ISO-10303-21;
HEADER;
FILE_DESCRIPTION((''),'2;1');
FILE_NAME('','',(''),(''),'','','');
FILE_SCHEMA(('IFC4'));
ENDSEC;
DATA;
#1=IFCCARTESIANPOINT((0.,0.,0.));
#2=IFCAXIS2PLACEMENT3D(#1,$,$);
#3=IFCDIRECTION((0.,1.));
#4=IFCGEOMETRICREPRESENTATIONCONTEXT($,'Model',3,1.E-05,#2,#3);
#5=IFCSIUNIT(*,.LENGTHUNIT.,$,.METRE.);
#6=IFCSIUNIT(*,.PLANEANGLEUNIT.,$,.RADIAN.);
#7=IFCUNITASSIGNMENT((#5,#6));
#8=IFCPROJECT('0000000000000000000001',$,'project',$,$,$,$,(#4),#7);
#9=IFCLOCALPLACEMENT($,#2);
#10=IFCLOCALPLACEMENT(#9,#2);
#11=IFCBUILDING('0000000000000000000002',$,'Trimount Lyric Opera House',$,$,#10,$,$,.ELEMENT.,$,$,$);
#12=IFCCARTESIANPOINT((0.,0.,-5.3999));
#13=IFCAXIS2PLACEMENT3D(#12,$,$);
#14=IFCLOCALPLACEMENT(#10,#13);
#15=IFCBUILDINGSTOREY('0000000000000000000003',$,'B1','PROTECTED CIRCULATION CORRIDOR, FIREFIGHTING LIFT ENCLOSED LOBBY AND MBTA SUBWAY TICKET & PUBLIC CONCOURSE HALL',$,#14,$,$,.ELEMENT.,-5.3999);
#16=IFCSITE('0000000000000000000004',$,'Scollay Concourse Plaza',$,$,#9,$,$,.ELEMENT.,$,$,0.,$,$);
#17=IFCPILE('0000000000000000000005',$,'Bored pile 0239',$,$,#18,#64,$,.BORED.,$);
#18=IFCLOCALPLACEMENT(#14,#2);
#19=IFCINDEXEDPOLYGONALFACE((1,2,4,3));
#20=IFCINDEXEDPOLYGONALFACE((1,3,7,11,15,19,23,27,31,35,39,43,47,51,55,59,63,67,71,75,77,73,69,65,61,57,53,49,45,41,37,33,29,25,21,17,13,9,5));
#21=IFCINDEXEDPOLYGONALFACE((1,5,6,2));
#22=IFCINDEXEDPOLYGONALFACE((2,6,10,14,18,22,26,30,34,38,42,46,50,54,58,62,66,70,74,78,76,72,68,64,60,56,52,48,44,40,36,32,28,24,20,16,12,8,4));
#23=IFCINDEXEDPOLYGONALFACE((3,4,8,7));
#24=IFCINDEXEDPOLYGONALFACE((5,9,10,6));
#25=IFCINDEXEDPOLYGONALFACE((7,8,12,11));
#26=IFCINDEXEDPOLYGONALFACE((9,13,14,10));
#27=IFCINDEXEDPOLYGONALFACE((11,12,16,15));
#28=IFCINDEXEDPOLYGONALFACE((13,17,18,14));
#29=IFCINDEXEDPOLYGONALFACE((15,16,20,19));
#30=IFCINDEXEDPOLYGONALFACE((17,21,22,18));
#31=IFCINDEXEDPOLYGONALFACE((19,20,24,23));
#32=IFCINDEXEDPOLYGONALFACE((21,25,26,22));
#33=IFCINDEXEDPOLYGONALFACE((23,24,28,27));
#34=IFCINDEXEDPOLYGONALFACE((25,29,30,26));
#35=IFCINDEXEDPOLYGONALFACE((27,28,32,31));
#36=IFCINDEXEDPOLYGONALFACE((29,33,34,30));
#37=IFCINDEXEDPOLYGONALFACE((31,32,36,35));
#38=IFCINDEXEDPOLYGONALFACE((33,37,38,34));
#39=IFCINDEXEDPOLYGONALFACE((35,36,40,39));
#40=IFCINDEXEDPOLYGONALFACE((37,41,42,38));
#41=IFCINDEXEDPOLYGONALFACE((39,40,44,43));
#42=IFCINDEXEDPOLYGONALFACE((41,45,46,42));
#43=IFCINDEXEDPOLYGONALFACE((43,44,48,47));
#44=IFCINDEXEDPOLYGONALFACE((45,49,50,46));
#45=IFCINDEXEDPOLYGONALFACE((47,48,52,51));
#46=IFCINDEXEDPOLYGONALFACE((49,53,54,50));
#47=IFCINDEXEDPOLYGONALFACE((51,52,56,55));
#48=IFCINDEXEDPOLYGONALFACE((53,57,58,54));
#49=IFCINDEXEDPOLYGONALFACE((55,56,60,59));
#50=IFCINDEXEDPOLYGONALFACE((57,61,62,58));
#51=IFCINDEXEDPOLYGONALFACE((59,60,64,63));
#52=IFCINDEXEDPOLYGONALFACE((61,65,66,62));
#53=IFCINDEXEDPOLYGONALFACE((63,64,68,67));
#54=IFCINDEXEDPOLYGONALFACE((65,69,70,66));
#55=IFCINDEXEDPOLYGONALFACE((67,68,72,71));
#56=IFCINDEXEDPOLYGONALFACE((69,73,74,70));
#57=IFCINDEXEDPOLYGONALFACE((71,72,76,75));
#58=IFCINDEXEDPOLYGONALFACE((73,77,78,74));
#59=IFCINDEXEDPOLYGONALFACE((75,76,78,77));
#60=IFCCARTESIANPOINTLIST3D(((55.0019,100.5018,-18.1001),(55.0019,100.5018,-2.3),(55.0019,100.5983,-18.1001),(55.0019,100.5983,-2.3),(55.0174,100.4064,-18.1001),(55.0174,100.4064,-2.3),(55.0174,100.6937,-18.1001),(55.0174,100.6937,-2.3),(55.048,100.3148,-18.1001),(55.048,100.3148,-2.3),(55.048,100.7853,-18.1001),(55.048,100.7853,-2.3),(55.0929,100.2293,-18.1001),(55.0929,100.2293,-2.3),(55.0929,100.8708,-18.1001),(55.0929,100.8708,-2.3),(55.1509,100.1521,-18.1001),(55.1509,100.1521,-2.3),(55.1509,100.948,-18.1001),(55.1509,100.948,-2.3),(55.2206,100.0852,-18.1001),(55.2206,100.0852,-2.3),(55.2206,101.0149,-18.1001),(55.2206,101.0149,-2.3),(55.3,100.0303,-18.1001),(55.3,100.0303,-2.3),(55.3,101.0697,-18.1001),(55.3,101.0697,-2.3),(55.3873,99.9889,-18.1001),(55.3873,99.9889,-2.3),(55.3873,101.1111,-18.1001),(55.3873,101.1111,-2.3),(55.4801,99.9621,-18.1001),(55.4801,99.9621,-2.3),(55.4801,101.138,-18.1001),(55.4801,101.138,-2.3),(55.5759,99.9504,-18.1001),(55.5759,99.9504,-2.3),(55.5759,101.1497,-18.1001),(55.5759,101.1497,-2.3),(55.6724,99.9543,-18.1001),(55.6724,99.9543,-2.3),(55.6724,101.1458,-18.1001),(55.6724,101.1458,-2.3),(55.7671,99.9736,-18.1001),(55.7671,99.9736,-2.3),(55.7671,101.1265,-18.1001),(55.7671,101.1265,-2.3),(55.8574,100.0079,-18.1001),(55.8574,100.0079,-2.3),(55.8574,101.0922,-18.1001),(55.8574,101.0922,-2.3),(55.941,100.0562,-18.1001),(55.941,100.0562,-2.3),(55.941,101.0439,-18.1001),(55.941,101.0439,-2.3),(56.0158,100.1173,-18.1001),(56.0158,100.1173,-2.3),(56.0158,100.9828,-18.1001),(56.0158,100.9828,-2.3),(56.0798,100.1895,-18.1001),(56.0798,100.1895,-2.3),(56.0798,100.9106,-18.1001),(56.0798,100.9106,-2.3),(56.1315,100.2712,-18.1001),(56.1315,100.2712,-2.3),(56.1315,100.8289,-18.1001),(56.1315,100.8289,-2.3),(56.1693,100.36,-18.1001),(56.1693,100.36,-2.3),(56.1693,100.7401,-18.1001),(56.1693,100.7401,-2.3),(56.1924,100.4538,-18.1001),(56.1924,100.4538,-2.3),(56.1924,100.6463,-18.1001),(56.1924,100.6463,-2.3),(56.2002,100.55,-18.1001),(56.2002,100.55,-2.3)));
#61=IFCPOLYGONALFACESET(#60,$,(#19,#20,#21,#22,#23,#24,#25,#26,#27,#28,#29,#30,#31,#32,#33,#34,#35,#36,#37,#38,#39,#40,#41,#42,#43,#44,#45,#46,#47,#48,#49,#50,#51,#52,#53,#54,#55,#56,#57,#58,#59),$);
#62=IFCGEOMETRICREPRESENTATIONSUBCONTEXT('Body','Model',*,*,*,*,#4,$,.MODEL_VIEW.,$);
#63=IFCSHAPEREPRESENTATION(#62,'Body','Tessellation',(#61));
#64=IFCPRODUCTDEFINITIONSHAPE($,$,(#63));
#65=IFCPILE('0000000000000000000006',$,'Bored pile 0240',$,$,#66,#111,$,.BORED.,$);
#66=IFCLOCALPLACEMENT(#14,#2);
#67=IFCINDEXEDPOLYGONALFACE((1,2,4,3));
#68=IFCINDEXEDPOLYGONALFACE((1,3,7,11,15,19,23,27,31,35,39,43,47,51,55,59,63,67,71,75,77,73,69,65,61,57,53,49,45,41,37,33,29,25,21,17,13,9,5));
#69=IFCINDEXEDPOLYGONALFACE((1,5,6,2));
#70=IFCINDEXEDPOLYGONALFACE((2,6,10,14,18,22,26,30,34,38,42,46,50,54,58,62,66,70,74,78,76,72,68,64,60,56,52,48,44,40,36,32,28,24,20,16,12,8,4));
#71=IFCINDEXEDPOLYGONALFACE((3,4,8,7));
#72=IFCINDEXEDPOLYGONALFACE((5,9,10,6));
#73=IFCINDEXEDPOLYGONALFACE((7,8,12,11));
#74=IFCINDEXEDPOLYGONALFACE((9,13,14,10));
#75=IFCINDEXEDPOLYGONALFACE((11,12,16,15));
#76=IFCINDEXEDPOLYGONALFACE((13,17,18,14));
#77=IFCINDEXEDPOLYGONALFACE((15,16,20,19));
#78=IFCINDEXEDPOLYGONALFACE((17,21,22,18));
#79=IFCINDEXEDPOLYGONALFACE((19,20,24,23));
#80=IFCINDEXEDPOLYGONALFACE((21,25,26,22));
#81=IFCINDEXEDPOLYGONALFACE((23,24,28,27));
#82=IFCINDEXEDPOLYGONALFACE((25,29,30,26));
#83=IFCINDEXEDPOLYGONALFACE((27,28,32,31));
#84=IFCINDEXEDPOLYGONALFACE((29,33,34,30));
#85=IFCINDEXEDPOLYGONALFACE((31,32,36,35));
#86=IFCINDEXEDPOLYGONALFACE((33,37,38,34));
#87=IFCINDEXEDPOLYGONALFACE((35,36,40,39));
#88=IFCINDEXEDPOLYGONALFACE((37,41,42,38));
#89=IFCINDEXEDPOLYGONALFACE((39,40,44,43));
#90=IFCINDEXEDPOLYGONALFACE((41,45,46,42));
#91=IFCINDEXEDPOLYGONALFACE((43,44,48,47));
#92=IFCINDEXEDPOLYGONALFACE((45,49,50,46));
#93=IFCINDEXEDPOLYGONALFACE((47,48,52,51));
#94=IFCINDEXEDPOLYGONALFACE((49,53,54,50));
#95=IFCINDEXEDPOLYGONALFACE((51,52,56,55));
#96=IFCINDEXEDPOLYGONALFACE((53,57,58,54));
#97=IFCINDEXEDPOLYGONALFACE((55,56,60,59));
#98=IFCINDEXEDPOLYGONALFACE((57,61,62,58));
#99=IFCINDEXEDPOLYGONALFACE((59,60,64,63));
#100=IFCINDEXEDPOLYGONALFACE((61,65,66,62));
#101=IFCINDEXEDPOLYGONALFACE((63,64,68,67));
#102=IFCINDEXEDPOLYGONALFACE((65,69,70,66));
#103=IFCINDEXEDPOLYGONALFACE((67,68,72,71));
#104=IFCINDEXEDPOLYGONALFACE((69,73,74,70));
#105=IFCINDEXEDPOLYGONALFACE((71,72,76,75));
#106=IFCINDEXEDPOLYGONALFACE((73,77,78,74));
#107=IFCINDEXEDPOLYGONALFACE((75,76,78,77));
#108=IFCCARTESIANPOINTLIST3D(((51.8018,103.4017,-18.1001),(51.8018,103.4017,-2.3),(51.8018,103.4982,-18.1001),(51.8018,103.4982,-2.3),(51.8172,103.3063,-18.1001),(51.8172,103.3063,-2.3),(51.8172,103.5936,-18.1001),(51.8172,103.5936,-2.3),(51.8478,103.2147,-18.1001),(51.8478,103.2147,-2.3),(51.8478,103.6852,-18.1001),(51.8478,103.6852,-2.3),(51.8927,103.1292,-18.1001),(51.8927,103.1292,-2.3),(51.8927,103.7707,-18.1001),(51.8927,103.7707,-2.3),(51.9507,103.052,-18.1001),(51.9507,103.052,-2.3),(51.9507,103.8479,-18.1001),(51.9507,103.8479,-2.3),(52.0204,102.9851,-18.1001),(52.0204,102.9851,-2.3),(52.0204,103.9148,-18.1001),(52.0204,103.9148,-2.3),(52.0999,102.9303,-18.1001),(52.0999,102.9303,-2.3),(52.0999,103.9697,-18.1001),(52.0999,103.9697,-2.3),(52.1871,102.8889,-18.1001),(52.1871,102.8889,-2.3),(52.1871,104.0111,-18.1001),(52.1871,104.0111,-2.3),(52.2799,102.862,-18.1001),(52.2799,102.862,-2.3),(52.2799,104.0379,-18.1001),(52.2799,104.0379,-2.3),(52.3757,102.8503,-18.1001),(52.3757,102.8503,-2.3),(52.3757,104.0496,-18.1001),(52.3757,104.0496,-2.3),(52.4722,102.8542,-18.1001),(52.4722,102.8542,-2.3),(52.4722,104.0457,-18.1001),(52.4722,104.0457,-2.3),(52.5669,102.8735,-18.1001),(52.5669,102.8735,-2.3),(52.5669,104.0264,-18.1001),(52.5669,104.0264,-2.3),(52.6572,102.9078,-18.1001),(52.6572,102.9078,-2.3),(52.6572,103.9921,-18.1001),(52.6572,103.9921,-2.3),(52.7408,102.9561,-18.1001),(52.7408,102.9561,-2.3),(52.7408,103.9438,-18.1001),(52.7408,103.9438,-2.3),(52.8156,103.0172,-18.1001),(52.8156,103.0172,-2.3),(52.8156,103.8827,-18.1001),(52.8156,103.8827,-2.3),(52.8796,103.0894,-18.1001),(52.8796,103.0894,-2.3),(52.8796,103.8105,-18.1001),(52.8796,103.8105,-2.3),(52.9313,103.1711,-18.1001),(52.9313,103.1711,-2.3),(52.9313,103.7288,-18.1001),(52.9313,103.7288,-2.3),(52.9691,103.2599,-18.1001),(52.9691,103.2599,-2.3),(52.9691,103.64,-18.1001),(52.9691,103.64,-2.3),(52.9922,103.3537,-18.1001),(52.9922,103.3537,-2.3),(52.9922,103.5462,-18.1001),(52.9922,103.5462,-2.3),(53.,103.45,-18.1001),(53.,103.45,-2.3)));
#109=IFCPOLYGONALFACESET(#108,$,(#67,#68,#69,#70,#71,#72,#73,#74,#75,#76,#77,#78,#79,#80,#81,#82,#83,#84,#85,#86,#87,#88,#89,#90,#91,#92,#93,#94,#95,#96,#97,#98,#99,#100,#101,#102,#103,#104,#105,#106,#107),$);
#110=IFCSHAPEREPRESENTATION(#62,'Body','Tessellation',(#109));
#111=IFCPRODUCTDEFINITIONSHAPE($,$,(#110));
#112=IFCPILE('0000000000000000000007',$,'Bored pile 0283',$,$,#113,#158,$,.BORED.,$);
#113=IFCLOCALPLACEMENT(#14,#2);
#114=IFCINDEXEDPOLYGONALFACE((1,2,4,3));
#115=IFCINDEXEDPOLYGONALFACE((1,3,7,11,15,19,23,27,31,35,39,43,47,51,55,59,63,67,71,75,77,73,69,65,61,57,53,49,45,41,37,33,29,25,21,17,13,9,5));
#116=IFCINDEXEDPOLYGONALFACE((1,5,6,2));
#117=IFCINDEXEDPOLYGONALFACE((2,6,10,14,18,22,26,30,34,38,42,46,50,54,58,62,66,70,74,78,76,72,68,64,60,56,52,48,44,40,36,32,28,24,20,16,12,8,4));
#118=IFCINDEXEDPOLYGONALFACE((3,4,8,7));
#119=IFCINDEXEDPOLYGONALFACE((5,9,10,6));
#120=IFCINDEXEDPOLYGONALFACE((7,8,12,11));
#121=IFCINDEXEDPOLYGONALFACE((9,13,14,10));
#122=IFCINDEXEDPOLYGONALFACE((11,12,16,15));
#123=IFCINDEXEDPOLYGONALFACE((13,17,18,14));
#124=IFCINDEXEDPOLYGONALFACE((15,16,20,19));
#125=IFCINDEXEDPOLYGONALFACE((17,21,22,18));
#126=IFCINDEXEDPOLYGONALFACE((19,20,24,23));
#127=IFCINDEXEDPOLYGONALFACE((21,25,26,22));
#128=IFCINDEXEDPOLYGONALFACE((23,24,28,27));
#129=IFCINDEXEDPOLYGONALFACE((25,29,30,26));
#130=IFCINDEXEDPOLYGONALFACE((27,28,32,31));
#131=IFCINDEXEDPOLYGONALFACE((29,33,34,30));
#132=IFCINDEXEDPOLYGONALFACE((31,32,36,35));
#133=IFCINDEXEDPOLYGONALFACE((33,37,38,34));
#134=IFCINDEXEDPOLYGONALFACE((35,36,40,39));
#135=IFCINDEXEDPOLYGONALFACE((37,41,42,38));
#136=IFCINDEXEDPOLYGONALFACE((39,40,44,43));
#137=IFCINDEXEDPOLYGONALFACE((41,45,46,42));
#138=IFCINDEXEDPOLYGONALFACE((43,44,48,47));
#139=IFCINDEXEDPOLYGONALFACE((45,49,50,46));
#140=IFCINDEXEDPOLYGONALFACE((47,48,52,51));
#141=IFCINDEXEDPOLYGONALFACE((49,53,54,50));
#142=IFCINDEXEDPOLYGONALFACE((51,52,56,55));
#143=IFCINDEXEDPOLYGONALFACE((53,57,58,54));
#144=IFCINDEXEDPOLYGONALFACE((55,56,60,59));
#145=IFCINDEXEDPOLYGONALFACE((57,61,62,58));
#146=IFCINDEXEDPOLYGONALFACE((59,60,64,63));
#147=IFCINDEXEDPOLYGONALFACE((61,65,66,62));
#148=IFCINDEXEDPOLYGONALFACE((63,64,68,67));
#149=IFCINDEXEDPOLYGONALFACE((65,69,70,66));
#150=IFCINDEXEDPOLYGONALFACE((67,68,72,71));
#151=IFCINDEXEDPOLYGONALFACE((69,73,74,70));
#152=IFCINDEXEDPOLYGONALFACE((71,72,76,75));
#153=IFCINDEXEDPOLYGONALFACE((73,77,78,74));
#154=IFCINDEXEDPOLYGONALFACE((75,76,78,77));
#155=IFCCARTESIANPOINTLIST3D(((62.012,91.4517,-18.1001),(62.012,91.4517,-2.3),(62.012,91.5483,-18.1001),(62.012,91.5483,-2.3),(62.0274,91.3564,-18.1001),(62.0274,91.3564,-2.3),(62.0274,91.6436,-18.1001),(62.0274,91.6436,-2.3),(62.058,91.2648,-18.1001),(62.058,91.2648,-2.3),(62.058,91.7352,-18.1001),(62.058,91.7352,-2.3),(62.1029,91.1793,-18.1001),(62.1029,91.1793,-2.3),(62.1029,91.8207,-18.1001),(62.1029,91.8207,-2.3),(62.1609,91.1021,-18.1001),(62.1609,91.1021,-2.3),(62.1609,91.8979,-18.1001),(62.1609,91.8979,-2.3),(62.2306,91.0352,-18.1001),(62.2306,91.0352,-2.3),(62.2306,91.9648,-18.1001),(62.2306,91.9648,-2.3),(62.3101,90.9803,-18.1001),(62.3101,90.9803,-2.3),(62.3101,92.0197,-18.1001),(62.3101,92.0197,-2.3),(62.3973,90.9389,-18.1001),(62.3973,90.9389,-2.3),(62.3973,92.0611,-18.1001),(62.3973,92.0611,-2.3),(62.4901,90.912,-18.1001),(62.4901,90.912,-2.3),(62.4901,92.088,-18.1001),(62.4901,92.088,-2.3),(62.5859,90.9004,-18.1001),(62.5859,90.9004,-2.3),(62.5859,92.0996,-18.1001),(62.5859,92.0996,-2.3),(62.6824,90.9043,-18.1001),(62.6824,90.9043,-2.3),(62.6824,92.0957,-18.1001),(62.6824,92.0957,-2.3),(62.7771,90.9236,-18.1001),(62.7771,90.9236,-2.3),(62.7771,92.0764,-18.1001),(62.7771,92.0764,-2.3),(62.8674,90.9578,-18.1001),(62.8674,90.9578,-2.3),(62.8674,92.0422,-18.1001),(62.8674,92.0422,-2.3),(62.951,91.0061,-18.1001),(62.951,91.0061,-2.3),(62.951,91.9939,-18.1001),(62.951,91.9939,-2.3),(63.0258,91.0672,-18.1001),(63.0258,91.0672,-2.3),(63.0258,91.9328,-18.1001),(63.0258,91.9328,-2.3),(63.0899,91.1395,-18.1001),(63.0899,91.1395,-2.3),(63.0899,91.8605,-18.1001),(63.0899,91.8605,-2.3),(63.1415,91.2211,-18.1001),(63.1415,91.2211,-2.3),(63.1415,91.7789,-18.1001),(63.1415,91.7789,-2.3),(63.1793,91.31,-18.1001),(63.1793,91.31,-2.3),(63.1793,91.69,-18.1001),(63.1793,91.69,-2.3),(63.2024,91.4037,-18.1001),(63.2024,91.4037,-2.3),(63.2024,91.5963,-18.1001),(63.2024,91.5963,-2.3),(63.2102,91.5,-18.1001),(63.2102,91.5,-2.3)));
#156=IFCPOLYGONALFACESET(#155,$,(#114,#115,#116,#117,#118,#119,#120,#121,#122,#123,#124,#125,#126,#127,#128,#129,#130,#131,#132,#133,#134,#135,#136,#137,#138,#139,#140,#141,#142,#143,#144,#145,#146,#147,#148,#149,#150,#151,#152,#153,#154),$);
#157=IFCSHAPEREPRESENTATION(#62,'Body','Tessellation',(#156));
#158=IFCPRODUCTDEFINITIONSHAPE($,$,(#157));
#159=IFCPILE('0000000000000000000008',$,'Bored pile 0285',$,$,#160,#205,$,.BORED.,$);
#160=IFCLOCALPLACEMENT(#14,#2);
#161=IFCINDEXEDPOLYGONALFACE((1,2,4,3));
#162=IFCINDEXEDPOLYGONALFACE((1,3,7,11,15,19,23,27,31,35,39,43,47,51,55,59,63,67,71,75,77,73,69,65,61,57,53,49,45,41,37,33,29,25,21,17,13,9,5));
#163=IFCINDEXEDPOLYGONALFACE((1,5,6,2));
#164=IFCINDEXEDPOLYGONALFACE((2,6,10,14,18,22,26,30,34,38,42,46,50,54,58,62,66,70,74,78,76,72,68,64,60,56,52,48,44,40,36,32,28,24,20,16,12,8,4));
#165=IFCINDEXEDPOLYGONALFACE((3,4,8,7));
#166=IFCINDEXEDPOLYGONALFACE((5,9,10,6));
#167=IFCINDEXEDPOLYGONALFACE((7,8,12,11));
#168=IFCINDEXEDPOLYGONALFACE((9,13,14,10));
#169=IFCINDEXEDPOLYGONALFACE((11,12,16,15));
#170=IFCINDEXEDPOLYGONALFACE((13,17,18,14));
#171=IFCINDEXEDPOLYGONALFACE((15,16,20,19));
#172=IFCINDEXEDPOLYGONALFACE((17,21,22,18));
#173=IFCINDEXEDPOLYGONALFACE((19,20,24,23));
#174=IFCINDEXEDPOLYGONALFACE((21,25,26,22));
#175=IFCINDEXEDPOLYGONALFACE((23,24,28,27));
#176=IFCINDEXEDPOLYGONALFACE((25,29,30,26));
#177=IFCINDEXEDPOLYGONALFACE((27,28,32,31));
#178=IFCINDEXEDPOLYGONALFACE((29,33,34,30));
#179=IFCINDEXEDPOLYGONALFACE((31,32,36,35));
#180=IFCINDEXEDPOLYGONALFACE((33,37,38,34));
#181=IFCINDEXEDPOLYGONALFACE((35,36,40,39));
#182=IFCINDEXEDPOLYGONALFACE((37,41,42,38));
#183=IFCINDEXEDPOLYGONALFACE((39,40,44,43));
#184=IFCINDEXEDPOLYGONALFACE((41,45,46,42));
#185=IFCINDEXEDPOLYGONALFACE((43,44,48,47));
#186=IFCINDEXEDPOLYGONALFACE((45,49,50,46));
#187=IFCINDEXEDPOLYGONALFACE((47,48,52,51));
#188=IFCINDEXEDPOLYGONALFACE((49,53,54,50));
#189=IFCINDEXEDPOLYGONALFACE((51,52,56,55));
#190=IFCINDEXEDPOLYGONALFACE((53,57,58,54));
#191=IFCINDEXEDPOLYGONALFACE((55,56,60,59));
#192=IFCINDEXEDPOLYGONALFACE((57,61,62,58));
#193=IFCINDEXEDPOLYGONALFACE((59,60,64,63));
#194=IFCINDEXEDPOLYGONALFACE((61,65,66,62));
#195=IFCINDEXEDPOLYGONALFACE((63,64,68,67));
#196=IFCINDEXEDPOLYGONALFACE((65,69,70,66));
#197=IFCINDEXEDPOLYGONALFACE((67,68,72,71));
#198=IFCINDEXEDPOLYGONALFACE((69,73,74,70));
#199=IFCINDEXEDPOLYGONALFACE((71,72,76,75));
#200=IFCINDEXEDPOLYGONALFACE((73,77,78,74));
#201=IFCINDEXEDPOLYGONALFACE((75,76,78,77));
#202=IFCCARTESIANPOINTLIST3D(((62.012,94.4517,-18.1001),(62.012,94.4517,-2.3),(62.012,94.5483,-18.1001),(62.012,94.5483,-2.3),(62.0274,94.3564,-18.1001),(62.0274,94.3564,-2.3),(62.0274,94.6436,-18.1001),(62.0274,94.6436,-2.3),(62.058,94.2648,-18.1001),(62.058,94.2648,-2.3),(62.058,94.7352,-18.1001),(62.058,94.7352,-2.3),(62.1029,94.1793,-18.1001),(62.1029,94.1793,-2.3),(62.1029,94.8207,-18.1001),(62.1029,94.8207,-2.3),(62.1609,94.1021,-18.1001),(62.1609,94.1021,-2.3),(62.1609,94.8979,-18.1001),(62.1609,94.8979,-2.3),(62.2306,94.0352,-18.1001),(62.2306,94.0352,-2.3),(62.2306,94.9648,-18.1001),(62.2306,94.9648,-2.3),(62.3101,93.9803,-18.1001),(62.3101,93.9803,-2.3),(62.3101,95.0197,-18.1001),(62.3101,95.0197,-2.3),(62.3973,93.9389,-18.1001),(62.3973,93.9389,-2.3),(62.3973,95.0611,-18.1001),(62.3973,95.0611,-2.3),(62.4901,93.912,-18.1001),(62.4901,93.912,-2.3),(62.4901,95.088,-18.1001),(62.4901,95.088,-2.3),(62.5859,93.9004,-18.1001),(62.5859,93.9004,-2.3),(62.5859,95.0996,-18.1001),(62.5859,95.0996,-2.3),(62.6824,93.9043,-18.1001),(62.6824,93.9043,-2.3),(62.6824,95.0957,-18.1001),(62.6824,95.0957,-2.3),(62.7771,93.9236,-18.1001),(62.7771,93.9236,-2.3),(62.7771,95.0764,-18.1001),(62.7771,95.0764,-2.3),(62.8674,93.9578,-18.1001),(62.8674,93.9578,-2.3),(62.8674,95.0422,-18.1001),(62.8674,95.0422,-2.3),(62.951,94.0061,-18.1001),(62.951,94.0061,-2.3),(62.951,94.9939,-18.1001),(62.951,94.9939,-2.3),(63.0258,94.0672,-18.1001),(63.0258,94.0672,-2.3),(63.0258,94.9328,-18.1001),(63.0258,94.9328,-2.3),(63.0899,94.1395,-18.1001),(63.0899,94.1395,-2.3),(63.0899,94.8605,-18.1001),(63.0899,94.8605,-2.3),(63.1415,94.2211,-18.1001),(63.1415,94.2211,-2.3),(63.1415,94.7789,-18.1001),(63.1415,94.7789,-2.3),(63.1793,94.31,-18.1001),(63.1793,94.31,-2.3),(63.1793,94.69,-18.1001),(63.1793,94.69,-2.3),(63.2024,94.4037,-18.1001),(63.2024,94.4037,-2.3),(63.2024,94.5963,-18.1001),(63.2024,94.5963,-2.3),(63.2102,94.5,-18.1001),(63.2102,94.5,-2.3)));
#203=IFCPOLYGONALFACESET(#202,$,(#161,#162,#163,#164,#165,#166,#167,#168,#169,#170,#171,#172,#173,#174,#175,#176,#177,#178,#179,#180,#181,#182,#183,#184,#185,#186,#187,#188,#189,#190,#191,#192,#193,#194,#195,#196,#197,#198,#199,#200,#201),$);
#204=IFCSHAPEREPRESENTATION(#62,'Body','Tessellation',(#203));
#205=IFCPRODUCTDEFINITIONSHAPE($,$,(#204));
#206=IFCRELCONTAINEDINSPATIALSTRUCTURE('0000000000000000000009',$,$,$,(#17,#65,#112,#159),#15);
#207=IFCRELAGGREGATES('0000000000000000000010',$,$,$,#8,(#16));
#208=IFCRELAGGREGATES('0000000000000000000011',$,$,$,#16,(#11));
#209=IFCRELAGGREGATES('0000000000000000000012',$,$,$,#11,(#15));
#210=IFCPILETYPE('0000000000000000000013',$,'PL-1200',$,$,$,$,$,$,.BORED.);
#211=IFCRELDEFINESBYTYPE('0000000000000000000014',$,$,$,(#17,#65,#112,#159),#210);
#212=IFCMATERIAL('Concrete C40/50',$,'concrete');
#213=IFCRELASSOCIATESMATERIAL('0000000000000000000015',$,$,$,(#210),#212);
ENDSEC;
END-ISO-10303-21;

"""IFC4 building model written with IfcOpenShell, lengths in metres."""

from ifc_helpers import new_model, si_unit, direction, frame, origin, origin_2d, place, context, subcontext, project, spatial, circle, extrude, material, material_profile, profile_set, type_object, element, save


model = new_model("IFC4")

# Units and contexts
model_context = context("Model", 3, precision=1e-05, world=origin(), true_north=direction((0.0, 1.0)))
body_context = subcontext(model_context, "Body", "Model", "MODEL_VIEW")
ifc_project = project(units=[si_unit("LENGTHUNIT", "METRE"), si_unit("PLANEANGLEUNIT", "RADIAN")], contexts=[model_context])

# Site, building, storey
site_placement = place(None, origin())
site = spatial("IfcSite", under=ifc_project, at=site_placement, Name="Scollay Concourse Plaza", CompositionType="ELEMENT", RefElevation=0.0)
building_placement = place(site_placement, origin())
building = spatial("IfcBuilding", under=site, at=building_placement, Name="Trimount Lyric Opera House", CompositionType="ELEMENT")
storey_placement = place(building_placement, frame((0.0, 0.0, -5.3999)))
storey = spatial("IfcBuildingStorey", under=building, at=storey_placement, Name="B1", Description="PROTECTED CIRCULATION CORRIDOR, FIREFIGHTING LIFT ENCLOSED LOBBY AND MBTA SUBWAY TICKET & PUBLIC CONCOURSE HALL", CompositionType="ELEMENT", Elevation=-5.3999)

# Piles
ifc_material_1 = material(Name="Concrete C40/50", Category="concrete")
ifc_material_profile_1 = material_profile(ifc_material_1, circle(Radius=0.6001, at=origin_2d()), Name="PILE-D1200")
ifc_profile_set_1 = profile_set([ifc_material_profile_1], Name="Concrete C40/50")
pile_type_1 = type_object("IfcPileType", Name="PL-1200", PredefinedType="BORED", material=ifc_profile_set_1)
for number, where, z_axis, x_axis, name in (
    (1, (55.6001, 100.55, -2.3), (0.0, 0.0, -1.0), (1.0, 0.0, 0.0), "Bored pile 0239"),
    (2, (52.3999, 103.45, -2.3), (0.0, 0.0, -1.0), (1.0, 0.0, 0.0), "Bored pile 0240"),
    (3, (62.6101, 91.5, -2.3), (0.0, 0.0, -1.0), (1.0, 0.0, 0.0), "Bored pile 0283"),
    (4, (62.6101, 94.5, -2.3), (0.0, 0.0, -1.0), (1.0, 0.0, 0.0), "Bored pile 0285"),
):
    element("IfcPile", number, at=place(storey_placement, frame(where, z_axis=z_axis, x_axis=x_axis)), inside=storey, type_object=pile_type_1, Name=name, PredefinedType="BORED", context=body_context, shape_type="SweptSolid", body=[
        extrude(circle(Radius=0.6001, at=origin_2d()), origin(), (0.0, 0.0, 1.0), 15.8),
    ])

save(model, "model.ifc")
